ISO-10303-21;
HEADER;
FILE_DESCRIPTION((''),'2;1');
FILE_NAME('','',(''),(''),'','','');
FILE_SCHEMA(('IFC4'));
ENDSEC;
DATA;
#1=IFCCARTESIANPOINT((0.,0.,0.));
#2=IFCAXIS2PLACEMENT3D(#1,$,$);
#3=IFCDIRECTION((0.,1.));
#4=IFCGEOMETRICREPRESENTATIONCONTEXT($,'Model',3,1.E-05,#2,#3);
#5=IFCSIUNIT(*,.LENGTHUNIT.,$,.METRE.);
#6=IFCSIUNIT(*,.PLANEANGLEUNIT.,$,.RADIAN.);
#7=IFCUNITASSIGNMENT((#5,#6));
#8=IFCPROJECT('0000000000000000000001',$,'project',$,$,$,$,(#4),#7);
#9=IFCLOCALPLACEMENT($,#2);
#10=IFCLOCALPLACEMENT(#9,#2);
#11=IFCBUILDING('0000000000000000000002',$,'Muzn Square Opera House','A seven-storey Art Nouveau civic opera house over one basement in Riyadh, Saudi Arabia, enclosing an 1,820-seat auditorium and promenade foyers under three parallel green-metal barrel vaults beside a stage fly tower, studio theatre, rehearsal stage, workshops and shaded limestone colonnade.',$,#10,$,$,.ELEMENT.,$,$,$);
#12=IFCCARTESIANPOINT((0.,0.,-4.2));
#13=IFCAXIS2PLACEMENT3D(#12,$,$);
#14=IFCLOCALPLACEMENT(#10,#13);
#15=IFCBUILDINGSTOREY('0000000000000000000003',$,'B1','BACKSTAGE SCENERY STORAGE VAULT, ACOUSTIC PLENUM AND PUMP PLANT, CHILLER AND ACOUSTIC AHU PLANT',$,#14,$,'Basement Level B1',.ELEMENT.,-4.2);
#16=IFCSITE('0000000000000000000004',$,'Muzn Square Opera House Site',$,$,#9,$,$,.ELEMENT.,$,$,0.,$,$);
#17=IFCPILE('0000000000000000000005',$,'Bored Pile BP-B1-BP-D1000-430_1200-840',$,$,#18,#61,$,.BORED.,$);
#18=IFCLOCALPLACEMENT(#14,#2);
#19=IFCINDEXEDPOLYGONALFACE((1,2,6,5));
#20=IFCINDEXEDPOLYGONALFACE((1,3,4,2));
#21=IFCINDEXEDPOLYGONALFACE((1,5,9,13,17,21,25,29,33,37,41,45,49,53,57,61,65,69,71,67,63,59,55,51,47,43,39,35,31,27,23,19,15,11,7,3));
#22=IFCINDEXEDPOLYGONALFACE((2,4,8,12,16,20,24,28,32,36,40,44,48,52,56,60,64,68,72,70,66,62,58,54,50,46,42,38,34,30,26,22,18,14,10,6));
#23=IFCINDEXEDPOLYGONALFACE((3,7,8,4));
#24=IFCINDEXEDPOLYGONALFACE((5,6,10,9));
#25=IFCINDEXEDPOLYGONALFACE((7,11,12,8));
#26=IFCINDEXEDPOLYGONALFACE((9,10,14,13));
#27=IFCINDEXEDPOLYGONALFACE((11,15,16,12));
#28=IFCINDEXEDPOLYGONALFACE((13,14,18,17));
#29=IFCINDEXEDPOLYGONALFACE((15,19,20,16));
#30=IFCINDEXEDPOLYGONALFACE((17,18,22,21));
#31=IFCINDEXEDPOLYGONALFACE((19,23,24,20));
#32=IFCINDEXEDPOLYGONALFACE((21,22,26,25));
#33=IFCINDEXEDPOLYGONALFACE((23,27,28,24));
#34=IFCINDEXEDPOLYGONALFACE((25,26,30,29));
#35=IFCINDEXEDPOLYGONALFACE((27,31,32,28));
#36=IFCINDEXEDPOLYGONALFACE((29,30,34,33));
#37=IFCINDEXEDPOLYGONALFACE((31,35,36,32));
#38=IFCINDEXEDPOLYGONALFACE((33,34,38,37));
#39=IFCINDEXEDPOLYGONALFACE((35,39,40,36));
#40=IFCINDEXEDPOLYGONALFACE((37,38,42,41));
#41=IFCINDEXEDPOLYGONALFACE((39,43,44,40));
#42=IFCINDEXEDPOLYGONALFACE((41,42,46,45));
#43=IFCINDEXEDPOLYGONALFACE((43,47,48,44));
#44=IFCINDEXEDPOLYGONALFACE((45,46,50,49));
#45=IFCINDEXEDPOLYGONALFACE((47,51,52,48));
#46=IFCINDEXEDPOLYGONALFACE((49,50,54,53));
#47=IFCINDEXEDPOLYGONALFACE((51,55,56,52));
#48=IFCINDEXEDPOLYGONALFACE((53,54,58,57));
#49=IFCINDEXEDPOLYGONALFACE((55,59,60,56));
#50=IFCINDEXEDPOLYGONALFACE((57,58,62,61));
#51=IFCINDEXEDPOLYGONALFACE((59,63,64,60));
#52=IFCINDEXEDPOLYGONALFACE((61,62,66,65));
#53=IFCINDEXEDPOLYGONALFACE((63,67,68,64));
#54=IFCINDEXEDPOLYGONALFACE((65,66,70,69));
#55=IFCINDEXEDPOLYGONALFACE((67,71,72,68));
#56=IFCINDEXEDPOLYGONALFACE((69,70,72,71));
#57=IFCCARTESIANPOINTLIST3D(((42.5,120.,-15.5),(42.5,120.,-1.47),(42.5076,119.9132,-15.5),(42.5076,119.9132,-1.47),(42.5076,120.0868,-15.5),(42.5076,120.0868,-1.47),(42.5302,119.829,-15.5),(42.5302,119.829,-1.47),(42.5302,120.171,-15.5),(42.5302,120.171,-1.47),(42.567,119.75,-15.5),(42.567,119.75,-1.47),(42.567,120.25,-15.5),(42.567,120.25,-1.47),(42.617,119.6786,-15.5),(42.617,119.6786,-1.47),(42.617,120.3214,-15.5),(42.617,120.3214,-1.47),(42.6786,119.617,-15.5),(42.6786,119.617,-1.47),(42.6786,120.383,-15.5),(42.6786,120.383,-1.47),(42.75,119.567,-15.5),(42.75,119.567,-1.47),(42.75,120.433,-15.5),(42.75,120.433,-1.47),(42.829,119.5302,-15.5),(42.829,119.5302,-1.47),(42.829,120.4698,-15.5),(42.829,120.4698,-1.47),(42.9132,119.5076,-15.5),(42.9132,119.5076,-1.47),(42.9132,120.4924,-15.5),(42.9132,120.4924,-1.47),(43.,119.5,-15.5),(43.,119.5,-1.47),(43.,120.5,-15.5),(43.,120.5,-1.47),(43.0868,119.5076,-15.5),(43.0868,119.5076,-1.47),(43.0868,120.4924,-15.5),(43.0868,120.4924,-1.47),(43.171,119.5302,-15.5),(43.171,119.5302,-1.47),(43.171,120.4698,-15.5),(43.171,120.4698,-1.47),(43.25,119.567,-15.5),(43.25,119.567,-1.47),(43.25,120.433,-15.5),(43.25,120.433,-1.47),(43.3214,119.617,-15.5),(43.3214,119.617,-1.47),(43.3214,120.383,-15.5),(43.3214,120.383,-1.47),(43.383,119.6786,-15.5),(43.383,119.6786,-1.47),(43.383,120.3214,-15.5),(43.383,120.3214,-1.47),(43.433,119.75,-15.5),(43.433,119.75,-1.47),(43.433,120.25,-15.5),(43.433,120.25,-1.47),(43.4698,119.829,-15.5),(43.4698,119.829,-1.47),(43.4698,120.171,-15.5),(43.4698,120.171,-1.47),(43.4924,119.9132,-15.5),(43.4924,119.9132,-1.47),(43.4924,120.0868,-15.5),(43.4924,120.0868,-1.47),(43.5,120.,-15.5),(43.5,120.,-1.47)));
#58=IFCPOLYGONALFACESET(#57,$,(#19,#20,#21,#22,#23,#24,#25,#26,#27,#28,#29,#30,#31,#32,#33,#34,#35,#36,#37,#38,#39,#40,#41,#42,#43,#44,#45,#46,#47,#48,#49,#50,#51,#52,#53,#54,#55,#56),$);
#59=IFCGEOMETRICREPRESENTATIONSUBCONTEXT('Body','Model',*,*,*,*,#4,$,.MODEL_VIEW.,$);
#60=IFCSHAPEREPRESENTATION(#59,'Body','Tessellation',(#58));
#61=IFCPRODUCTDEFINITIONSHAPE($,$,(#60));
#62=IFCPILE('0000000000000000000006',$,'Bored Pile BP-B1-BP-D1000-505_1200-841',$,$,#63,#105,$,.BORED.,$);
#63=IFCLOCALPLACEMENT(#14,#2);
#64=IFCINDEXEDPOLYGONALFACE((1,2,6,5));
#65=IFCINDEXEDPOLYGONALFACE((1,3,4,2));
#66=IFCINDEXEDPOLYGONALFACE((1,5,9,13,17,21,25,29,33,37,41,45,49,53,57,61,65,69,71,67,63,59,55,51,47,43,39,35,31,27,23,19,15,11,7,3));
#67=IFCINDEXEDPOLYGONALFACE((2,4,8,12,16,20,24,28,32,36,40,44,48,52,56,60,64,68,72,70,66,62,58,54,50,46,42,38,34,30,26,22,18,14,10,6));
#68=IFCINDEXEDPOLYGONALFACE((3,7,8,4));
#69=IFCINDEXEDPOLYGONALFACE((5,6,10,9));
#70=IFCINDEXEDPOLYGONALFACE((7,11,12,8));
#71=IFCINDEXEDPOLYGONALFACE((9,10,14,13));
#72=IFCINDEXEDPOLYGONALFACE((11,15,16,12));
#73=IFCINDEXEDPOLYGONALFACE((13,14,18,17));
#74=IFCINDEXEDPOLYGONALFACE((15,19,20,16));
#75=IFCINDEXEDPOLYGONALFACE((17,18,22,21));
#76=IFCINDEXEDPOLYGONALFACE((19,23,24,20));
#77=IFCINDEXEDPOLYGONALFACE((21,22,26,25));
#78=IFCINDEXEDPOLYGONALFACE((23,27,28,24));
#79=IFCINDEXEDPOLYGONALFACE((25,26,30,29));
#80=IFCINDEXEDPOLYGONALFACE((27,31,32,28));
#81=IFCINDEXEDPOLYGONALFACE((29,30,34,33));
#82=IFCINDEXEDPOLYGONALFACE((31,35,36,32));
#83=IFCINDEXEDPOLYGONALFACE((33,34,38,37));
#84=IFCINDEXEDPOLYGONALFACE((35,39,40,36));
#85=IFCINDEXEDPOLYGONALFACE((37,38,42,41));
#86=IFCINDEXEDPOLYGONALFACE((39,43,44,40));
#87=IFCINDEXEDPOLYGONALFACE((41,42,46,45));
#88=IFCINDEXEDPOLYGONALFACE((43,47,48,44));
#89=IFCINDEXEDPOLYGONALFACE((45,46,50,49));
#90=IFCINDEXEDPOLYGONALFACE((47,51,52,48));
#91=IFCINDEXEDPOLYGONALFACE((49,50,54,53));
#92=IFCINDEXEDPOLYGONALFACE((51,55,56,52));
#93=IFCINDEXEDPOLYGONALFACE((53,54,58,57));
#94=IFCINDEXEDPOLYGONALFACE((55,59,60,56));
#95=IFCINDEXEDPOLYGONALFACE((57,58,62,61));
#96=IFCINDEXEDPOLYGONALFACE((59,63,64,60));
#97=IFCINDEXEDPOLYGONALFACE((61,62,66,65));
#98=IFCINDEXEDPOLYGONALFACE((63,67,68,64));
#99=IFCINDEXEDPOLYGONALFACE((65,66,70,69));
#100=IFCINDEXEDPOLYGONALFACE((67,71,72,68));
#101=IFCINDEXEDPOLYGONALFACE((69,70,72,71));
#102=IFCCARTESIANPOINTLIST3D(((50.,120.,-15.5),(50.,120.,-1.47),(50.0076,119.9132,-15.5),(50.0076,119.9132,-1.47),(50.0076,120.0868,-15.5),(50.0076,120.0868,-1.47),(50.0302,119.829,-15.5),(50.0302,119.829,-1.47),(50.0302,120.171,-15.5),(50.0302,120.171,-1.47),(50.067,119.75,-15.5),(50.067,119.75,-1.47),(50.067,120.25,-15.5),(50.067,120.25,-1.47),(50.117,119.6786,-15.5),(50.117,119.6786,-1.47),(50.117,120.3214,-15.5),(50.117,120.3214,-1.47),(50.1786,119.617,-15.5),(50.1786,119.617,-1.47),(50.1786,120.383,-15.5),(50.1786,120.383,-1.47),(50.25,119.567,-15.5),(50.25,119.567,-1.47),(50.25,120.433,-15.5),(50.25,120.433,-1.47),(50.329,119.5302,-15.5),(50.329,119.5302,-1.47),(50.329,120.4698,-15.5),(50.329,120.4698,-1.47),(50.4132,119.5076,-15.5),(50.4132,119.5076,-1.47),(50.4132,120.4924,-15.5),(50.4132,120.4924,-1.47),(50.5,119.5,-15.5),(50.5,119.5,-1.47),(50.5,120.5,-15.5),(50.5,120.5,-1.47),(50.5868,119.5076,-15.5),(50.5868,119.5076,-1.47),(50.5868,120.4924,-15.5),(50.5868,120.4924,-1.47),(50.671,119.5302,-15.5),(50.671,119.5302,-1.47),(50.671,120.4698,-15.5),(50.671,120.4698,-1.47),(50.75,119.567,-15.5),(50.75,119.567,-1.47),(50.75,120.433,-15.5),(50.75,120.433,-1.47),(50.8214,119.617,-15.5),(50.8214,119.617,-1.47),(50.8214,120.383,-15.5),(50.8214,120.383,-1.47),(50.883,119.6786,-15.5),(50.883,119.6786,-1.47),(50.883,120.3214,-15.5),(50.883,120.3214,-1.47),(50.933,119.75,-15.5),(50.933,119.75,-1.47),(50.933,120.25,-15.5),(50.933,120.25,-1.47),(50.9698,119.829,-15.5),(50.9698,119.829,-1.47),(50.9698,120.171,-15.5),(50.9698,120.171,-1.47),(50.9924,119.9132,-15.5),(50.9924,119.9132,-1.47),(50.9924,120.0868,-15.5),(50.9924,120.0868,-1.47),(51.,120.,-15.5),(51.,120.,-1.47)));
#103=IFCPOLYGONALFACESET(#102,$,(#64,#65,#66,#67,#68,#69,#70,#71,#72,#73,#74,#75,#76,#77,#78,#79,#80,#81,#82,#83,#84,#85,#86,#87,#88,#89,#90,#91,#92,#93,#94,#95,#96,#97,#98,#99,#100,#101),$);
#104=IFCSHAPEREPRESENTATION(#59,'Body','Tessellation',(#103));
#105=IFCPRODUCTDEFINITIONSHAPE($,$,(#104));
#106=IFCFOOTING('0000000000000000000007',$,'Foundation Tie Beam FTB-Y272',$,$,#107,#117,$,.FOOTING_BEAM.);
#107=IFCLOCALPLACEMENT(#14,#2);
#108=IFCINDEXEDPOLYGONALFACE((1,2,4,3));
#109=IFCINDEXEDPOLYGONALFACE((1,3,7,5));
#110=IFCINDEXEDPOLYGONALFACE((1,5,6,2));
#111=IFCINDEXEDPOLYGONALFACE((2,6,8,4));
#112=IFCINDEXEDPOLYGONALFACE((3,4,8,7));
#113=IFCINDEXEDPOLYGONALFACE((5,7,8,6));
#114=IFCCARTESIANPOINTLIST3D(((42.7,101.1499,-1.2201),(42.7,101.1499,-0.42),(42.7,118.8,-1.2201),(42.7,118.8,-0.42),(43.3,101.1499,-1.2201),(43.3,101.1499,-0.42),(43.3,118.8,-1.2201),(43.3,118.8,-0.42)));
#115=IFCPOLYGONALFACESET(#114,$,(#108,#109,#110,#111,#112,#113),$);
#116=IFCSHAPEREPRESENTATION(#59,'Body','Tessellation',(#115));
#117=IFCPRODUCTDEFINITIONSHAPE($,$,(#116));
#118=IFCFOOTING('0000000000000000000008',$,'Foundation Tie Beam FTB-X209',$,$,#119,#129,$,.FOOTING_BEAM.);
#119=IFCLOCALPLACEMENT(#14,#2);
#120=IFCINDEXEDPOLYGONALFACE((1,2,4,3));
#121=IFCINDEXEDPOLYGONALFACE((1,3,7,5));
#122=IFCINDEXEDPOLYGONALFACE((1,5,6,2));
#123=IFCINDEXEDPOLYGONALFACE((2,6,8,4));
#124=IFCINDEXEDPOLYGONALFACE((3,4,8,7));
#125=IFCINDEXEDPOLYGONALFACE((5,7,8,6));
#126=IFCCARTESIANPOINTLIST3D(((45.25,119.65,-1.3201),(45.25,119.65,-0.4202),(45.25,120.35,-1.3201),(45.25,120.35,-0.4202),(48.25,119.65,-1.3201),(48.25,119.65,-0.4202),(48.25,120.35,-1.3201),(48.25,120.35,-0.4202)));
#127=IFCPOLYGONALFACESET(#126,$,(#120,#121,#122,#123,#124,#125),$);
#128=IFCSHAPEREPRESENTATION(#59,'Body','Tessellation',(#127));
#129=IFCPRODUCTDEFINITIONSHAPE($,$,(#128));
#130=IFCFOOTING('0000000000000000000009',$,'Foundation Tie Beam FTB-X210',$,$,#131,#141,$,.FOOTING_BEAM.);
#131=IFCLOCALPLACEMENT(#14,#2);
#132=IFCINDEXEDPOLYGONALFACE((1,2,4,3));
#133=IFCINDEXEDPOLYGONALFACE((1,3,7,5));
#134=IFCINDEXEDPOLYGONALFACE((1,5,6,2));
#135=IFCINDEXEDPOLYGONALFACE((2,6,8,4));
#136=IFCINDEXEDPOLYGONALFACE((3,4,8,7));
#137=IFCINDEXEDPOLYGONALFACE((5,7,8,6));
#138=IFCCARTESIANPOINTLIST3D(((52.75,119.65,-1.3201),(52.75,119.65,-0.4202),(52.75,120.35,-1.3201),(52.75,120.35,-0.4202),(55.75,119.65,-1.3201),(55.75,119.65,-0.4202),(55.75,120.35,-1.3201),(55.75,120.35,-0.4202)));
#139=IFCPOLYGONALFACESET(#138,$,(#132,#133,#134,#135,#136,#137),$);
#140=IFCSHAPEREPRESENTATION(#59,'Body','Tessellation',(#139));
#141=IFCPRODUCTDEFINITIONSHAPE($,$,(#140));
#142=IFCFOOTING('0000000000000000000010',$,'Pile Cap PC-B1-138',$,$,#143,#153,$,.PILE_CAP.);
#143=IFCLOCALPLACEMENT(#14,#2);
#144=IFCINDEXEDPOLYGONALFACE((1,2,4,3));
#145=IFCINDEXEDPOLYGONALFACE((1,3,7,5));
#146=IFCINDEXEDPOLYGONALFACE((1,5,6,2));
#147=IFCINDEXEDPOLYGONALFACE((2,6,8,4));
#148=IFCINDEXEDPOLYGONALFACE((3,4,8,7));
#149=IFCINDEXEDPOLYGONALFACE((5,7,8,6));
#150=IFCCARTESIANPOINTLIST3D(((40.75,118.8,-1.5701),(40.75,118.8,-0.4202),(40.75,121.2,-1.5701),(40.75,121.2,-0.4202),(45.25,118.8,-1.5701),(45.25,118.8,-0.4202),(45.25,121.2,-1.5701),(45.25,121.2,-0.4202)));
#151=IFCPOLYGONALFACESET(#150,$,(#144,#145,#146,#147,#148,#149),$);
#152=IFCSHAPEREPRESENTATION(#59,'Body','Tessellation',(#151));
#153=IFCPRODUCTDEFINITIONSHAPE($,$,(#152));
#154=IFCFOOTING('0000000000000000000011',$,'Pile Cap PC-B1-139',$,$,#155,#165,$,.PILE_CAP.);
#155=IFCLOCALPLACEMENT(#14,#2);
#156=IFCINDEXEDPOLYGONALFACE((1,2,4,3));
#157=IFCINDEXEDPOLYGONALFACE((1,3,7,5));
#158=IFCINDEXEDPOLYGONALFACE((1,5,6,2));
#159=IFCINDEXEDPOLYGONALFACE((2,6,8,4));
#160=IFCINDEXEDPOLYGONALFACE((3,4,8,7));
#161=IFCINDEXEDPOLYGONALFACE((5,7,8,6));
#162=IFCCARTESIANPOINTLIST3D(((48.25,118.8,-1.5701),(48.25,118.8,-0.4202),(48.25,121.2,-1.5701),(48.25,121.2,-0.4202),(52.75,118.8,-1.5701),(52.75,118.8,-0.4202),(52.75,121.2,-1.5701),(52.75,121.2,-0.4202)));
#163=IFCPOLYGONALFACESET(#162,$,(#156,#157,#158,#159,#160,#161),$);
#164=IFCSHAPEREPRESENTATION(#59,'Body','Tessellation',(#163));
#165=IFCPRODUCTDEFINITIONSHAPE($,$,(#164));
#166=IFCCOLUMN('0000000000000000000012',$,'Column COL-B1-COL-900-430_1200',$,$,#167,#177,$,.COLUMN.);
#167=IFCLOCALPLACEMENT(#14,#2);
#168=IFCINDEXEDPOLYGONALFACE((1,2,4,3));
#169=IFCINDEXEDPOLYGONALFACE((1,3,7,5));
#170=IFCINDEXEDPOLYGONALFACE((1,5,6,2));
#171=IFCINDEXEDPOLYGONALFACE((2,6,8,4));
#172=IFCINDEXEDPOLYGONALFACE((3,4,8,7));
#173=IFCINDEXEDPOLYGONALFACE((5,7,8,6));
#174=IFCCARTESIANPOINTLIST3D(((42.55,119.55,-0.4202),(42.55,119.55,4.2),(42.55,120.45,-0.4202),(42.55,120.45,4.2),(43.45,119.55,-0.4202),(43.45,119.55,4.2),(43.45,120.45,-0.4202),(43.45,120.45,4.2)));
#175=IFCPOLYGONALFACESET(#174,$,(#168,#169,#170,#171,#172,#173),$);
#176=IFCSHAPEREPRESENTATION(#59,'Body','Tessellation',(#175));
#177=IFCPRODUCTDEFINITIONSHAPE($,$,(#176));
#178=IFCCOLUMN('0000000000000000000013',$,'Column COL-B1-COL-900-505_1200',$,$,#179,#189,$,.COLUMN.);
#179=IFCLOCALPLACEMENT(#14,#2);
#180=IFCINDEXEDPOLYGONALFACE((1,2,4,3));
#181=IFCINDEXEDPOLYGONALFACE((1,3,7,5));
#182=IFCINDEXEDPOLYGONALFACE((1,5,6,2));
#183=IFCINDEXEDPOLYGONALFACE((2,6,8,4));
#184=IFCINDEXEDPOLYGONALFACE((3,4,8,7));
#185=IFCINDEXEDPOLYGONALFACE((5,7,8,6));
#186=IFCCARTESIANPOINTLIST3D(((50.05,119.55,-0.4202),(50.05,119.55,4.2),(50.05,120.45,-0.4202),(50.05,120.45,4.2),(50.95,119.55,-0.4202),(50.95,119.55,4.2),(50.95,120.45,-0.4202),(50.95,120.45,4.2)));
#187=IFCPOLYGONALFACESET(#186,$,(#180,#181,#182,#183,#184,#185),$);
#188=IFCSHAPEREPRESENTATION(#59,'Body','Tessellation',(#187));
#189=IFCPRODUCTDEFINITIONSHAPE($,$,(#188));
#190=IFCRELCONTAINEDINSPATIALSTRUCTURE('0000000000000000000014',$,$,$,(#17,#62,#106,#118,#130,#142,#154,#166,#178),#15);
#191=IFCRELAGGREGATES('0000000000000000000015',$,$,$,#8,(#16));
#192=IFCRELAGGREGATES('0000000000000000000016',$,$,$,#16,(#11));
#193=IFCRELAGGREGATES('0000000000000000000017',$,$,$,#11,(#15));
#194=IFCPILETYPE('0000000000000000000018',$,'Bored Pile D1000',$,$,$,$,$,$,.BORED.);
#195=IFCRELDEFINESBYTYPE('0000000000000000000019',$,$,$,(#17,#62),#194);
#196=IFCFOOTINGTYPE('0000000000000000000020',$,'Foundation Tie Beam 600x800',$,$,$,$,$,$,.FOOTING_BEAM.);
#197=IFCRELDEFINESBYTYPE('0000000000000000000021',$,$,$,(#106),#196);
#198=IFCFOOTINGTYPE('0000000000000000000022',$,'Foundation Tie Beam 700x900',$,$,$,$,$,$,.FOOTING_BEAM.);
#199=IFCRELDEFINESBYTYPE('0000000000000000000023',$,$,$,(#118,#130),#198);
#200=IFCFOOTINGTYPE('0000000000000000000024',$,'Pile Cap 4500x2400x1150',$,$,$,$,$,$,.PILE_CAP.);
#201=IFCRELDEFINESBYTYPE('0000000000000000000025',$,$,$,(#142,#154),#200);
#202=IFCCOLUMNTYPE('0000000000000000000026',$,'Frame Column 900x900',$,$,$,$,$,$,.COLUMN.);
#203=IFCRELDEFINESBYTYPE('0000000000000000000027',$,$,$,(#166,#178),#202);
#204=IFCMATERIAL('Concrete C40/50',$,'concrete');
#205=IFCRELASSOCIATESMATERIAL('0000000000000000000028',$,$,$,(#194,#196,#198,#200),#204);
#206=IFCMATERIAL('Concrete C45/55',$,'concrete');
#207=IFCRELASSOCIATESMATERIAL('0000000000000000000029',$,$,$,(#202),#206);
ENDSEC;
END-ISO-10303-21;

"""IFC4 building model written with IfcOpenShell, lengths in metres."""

from ifc_helpers import new_model, si_unit, direction, frame, origin, origin_2d, place, context, subcontext, project, spatial, rectangle, circle, extrude, material, material_profile, profile_set, type_object, element, save


model = new_model("IFC4")

# Units and contexts
model_context = context("Model", 3, precision=1e-05, world=origin(), true_north=direction((0.0, 1.0)))
body_context = subcontext(model_context, "Body", "Model", "MODEL_VIEW")
ifc_project = project(units=[si_unit("LENGTHUNIT", "METRE"), si_unit("PLANEANGLEUNIT", "RADIAN")], contexts=[model_context])

# Site, building, storey
site_placement = place(None, origin())
site = spatial("IfcSite", under=ifc_project, at=site_placement, Name="Muzn Square Opera House Site", CompositionType="ELEMENT", RefElevation=0.0)
building_placement = place(site_placement, origin())
building = spatial("IfcBuilding", under=site, at=building_placement, Name="Muzn Square Opera House", Description="A seven-storey Art Nouveau civic opera house over one basement in Riyadh, Saudi Arabia, enclosing an 1,820-seat auditorium and promenade foyers under three parallel green-metal barrel vaults beside a stage fly tower, studio theatre, rehearsal stage, workshops and shaded limestone colonnade.", CompositionType="ELEMENT")
storey_placement = place(building_placement, frame((0.0, 0.0, -4.2)))
storey = spatial("IfcBuildingStorey", under=building, at=storey_placement, Name="B1", Description="BACKSTAGE SCENERY STORAGE VAULT, ACOUSTIC PLENUM AND PUMP PLANT, CHILLER AND ACOUSTIC AHU PLANT", LongName="Basement Level B1", CompositionType="ELEMENT", Elevation=-4.2)

# Piles
ifc_material_1 = material(Name="Concrete C40/50", Category="concrete")
ifc_material_profile_1 = material_profile(ifc_material_1, circle(Radius=0.5, at=origin_2d()), Name="BORED PILE D1000", Category="concrete")
ifc_profile_set_1 = profile_set([ifc_material_profile_1], Name="Concrete C40/50")
pile_type = type_object("IfcPileType", Name="Bored Pile D1000", PredefinedType="BORED", material=ifc_profile_set_1)
for number, where, z_axis, x_axis, name in (
    (1, (43.0, 120.0, -1.47), (0.0, 0.0, -1.0), (1.0, 0.0, 0.0), "Bored Pile BP-B1-BP-D1000-430_1200-840"),
    (2, (50.5, 120.0, -1.47), (0.0, 0.0, -1.0), (1.0, 0.0, 0.0), "Bored Pile BP-B1-BP-D1000-505_1200-841"),
):
    element("IfcPile", number, at=place(storey_placement, frame(where, z_axis=z_axis, x_axis=x_axis)), inside=storey, type_object=pile_type, Name=name, PredefinedType="BORED", context=body_context, shape_type="SweptSolid", body=[
        extrude(circle(Radius=0.5, at=origin_2d()), origin(), (0.0, 0.0, 1.0), 14.03),
    ])

# Footings
ifc_material_profile_2 = material_profile(ifc_material_1, rectangle(XDim=0.6001, YDim=0.8, at=origin_2d()), Name="RCTB 600x800", Category="concrete")
ifc_profile_set_2 = profile_set([ifc_material_profile_2], Name="Concrete C40/50")
footing_type_1 = type_object("IfcFootingType", Name="Foundation Tie Beam 600x800", PredefinedType="FOOTING_BEAM", material=ifc_profile_set_2)
footing_placement = place(storey_placement, frame((43.0, 101.1499, -0.8201), z_axis=(0.0, 1.0, 0.0), x_axis=(-1.0, 0.0, 0.0)))
element("IfcFooting", 3, at=footing_placement, inside=storey, type_object=footing_type_1, Name="Foundation Tie Beam FTB-Y272", PredefinedType="FOOTING_BEAM", context=body_context, shape_type="SweptSolid", body=[
    extrude(rectangle(XDim=0.6001, YDim=0.8, at=origin_2d()), origin(), (0.0, 0.0, 1.0), 17.6501),
])
ifc_material_profile_3 = material_profile(ifc_material_1, rectangle(XDim=0.7, YDim=0.8999, at=origin_2d()), Name="RCTB 700x900", Category="concrete")
ifc_profile_set_3 = profile_set([ifc_material_profile_3], Name="Concrete C40/50")
footing_type_2 = type_object("IfcFootingType", Name="Foundation Tie Beam 700x900", PredefinedType="FOOTING_BEAM", material=ifc_profile_set_3)
for number, where, z_axis, x_axis, name in (
    (4, (45.25, 120.0, -0.8701), (1.0, 0.0, 0.0), (0.0, 1.0, 0.0), "Foundation Tie Beam FTB-X209"),
    (5, (52.75, 120.0, -0.8701), (1.0, 0.0, 0.0), (0.0, 1.0, 0.0), "Foundation Tie Beam FTB-X210"),
):
    element("IfcFooting", number, at=place(storey_placement, frame(where, z_axis=z_axis, x_axis=x_axis)), inside=storey, type_object=footing_type_2, Name=name, PredefinedType="FOOTING_BEAM", context=body_context, shape_type="SweptSolid", body=[
        extrude(rectangle(XDim=0.7, YDim=0.8999, at=origin_2d()), origin(), (0.0, 0.0, 1.0), 3.0),
    ])
footing_type_3 = type_object("IfcFootingType", Name="Pile Cap 4500x2400x1150", PredefinedType="PILE_CAP", material=ifc_material_1)
for number, where, z_axis, x_axis, name in (
    (6, (43.0, 120.0, -1.5701), (0.0, 0.0, 1.0), (1.0, 0.0, 0.0), "Pile Cap PC-B1-138"),
    (7, (50.5, 120.0, -1.5701), (0.0, 0.0, 1.0), (1.0, 0.0, 0.0), "Pile Cap PC-B1-139"),
):
    element("IfcFooting", number, at=place(storey_placement, frame(where, z_axis=z_axis, x_axis=x_axis)), inside=storey, type_object=footing_type_3, Name=name, PredefinedType="PILE_CAP", context=body_context, shape_type="SweptSolid", body=[
        extrude(rectangle(XDim=4.5, YDim=2.3999, at=origin_2d()), origin(), (0.0, 0.0, 1.0), 1.1499),
    ])

# Columns
ifc_material_2 = material(Name="Concrete C45/55", Category="concrete")
ifc_material_profile_4 = material_profile(ifc_material_2, rectangle(XDim=0.8999, YDim=0.8999, at=origin_2d()), Name="RC 900x900", Category="concrete")
ifc_profile_set_4 = profile_set([ifc_material_profile_4], Name="Concrete C45/55")
column_type = type_object("IfcColumnType", Name="Frame Column 900x900", PredefinedType="COLUMN", material=ifc_profile_set_4)
for number, where, z_axis, x_axis, name in (
    (8, (43.0, 120.0, -0.4202), (0.0, 0.0, 1.0), (1.0, 0.0, 0.0), "Column COL-B1-COL-900-430_1200"),
    (9, (50.5, 120.0, -0.4202), (0.0, 0.0, 1.0), (1.0, 0.0, 0.0), "Column COL-B1-COL-900-505_1200"),
):
    element("IfcColumn", number, at=place(storey_placement, frame(where, z_axis=z_axis, x_axis=x_axis)), inside=storey, type_object=column_type, Name=name, PredefinedType="COLUMN", context=body_context, shape_type="SweptSolid", body=[
        extrude(rectangle(XDim=0.8999, YDim=0.8999, at=origin_2d()), origin(), (0.0, 0.0, 1.0), 4.6201),
    ])

save(model, "model.ifc")
